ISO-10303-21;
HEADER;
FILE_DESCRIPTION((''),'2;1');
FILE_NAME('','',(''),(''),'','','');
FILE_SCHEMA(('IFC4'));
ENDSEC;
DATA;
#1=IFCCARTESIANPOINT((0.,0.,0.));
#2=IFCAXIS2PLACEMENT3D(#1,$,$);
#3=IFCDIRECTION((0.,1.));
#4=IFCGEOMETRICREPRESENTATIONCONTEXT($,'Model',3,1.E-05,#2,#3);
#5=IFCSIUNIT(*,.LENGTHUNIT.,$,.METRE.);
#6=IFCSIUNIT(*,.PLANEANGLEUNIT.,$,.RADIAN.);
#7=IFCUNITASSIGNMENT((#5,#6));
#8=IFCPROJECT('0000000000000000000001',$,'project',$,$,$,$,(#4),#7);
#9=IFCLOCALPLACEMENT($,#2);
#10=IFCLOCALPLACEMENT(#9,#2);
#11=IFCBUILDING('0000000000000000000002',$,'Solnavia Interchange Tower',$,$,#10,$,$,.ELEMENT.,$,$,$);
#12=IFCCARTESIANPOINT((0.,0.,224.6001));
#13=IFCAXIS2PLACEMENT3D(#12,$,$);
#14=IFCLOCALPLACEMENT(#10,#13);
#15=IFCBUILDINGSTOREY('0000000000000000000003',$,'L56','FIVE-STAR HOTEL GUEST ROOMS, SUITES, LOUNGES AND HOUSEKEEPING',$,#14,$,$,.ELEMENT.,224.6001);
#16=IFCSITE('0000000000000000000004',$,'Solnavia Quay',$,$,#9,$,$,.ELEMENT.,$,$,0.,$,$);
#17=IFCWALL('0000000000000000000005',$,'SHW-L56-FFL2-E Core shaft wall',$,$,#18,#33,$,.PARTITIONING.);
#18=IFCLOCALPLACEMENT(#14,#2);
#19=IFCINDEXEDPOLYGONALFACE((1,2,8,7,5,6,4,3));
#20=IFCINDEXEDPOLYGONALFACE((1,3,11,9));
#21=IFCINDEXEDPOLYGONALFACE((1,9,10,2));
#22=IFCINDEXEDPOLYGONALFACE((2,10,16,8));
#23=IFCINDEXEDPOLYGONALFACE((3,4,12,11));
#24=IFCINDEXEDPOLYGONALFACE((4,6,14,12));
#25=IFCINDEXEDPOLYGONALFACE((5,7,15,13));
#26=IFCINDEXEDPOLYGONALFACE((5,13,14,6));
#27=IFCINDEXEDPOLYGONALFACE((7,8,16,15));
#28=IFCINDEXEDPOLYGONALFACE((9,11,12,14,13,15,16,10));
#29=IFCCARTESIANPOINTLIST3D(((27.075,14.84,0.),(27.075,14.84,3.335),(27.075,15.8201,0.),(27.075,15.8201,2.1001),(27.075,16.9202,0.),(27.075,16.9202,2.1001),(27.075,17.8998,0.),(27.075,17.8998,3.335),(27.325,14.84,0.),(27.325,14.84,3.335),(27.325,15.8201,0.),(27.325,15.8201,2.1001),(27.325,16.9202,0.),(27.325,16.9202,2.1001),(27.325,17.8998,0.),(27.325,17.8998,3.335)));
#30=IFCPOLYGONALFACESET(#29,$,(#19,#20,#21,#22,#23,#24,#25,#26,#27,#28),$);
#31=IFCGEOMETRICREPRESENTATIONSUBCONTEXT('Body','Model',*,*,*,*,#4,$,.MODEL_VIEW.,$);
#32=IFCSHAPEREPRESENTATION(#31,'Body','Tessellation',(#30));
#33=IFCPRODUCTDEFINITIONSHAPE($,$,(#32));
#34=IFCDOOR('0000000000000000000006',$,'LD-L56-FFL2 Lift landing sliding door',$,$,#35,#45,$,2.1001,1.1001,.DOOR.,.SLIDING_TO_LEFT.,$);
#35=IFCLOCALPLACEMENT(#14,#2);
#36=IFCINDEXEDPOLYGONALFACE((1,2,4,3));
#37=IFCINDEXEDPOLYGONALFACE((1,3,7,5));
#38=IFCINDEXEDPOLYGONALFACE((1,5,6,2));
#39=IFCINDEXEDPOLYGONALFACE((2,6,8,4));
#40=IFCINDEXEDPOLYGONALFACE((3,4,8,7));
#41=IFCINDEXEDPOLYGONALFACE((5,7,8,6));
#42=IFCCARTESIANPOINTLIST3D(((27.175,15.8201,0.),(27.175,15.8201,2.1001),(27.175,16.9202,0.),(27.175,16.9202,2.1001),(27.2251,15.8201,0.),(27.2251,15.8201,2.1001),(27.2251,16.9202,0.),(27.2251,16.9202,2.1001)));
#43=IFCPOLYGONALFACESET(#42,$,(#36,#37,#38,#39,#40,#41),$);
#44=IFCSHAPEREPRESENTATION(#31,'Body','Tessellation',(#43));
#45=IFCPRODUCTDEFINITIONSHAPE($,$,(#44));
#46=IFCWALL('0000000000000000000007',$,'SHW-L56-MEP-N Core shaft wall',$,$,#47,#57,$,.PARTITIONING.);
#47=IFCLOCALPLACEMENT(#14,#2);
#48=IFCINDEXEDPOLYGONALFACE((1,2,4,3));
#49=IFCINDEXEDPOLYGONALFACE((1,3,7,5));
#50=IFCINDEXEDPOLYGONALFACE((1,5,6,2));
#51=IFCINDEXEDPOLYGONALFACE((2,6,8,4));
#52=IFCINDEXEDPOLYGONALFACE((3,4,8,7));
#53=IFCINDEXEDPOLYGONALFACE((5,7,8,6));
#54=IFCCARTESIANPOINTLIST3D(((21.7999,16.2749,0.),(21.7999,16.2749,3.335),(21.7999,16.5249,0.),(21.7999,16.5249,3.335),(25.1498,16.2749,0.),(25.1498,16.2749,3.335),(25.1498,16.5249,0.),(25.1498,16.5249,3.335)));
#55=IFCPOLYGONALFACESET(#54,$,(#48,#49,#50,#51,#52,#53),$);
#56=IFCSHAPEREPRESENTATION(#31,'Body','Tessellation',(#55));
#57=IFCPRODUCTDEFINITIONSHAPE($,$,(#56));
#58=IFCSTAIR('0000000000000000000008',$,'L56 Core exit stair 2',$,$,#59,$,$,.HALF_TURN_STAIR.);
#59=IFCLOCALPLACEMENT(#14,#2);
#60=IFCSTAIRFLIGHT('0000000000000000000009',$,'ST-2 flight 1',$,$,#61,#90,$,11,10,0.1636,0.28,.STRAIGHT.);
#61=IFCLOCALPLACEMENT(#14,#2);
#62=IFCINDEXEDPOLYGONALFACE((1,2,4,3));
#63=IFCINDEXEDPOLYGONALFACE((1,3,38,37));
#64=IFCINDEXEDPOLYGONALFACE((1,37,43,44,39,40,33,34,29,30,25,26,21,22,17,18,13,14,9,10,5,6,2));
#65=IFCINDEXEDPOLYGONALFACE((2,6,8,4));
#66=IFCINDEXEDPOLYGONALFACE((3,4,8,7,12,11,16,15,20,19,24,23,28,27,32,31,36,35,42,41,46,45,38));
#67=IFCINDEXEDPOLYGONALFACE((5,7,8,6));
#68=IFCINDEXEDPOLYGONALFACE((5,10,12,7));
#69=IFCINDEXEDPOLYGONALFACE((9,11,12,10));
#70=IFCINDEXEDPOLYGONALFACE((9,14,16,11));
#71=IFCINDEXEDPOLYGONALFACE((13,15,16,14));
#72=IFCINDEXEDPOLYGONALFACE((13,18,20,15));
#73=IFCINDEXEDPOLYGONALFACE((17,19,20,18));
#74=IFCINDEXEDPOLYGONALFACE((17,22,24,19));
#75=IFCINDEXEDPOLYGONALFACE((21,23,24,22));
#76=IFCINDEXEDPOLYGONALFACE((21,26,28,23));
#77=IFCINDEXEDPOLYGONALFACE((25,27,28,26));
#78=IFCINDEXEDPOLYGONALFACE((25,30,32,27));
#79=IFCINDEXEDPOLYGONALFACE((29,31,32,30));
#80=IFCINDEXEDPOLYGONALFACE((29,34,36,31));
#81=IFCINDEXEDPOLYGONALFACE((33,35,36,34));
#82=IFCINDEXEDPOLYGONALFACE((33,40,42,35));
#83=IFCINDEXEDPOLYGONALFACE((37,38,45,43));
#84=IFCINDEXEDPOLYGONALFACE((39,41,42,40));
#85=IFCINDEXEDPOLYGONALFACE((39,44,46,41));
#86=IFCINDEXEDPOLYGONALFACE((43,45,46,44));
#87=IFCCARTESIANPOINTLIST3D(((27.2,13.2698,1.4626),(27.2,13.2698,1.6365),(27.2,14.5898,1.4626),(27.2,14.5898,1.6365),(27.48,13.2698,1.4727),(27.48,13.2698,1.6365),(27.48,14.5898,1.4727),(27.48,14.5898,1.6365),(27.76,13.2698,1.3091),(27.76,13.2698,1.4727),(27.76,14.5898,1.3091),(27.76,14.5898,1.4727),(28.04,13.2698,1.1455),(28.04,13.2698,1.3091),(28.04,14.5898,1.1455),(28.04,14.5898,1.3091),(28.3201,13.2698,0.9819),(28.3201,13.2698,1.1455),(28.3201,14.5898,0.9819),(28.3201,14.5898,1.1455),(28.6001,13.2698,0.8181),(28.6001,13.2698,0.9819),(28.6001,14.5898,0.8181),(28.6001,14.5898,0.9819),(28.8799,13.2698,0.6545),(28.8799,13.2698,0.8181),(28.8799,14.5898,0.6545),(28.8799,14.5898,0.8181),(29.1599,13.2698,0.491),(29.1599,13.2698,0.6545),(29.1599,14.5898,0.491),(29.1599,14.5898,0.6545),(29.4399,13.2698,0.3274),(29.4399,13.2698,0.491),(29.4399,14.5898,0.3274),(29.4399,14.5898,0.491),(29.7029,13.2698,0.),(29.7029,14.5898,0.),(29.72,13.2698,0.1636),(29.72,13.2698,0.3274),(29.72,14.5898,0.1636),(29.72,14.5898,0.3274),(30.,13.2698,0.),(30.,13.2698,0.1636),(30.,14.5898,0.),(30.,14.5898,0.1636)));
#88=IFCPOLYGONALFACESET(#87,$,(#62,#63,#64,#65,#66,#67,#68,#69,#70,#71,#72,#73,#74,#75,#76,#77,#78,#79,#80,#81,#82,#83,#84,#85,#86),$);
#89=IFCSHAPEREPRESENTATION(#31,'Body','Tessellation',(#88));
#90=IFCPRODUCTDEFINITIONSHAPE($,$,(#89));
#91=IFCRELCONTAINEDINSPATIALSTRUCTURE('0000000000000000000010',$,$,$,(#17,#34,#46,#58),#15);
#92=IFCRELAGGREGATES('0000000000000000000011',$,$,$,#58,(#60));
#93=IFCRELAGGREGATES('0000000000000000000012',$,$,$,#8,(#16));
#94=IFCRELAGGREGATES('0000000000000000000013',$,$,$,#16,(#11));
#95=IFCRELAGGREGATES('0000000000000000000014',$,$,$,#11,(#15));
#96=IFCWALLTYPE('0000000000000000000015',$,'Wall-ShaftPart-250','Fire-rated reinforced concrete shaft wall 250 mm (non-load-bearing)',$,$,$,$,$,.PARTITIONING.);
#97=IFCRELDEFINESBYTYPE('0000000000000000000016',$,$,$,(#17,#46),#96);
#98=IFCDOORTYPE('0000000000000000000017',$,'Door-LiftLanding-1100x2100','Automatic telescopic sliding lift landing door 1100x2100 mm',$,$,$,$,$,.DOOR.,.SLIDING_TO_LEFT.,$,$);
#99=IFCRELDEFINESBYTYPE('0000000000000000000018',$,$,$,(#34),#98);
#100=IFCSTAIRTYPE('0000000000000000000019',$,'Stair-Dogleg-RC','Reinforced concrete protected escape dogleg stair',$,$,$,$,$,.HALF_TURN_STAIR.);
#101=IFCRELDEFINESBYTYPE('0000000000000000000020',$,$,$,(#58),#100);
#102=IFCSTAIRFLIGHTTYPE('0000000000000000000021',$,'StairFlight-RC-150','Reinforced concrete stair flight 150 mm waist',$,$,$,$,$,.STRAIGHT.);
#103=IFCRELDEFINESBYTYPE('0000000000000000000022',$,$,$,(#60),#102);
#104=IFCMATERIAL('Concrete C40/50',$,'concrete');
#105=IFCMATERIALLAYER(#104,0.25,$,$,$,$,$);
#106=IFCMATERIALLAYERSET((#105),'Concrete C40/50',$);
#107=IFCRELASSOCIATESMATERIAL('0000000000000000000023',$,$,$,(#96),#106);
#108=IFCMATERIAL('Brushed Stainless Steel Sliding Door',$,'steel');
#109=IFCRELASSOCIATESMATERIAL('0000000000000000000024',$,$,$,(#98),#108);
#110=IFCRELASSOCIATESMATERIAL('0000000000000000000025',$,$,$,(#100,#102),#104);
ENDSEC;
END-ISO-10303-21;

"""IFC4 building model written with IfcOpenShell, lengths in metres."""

from ifc_helpers import new_model, si_unit, direction, frame, frame_2d, origin, place, context, subcontext, project, spatial, polyline, rectangle, outline, extrude, material, layer, layer_set, type_object, element, fill, aggregate, save


model = new_model("IFC4")

# Units and contexts
model_context = context("Model", 3, precision=1e-05, world=origin(), true_north=direction((0.0, 1.0)))
body_context = subcontext(model_context, "Body", "Model", "MODEL_VIEW")
ifc_project = project(units=[si_unit("LENGTHUNIT", "METRE"), si_unit("PLANEANGLEUNIT", "RADIAN")], contexts=[model_context])

# Site, building, storey
site_placement = place(None, origin())
site = spatial("IfcSite", under=ifc_project, at=site_placement, Name="Solnavia Quay", CompositionType="ELEMENT", RefElevation=0.0)
building_placement = place(site_placement, origin())
building = spatial("IfcBuilding", under=site, at=building_placement, Name="Solnavia Interchange Tower", CompositionType="ELEMENT")
storey_placement = place(building_placement, frame((0.0, 0.0, 224.6001)))
storey = spatial("IfcBuildingStorey", under=building, at=storey_placement, Name="L56", Description="FIVE-STAR HOTEL GUEST ROOMS, SUITES, LOUNGES AND HOUSEKEEPING", CompositionType="ELEMENT", Elevation=224.6001)

# Shared definitions
ifc_material_1 = material(Name="Concrete C40/50", Category="concrete")

# Shared definitions
ifc_layer_1 = layer(ifc_material_1, 0.25)
ifc_layer_set_1 = layer_set([ifc_layer_1], Name="Concrete C40/50")
wall_type_1 = type_object("IfcWallType", Name="Wall-ShaftPart-250", Description="Fire-rated reinforced concrete shaft wall 250 mm (non-load-bearing)", PredefinedType="PARTITIONING", material=ifc_layer_set_1)

# Wall, opening, door
wall_1_placement = place(storey_placement, frame((27.2, 14.8401, 0.0), z_axis=(0.0, 0.0, 1.0), x_axis=(0.0, 1.0, 0.0)))
wall_1 = element("IfcWall", 1, at=wall_1_placement, inside=storey, type_object=wall_type_1, Name="SHW-L56-FFL2-E Core shaft wall", PredefinedType="PARTITIONING", context=body_context, shape_type="SweptSolid", body=[
    extrude(rectangle(XDim=3.0598, YDim=0.25, at=frame_2d((1.5298, 0.0))), origin(), (0.0, 0.0, 1.0), 3.335),
])
opening_1_placement = place(wall_1_placement, frame((0.98, 0.0, 0.0)))
opening_1 = element("IfcOpeningElement", 2, at=opening_1_placement, cuts=wall_1, PredefinedType="OPENING", context=body_context, shape_type="SweptSolid", body=[
    extrude(rectangle(XDim=1.1001, YDim=2.1001, at=frame_2d((0.55, 1.05))), frame((0.0, 0.135, 0.0), z_axis=(0.0, -1.0, 0.0), x_axis=(1.0, 0.0, 0.0)), (0.0, 0.0, 1.0), 0.27),
])
ifc_material_2 = material(Name="Brushed Stainless Steel Sliding Door", Category="steel")
door_type_1 = type_object("IfcDoorType", Name="Door-LiftLanding-1100x2100", Description="Automatic telescopic sliding lift landing door 1100x2100 mm", OperationType="SLIDING_TO_LEFT", PredefinedType="DOOR", material=ifc_material_2)
door_1_placement = place(opening_1_placement, origin())
door_1 = element("IfcDoor", 3, at=door_1_placement, inside=storey, type_object=door_type_1, Name="LD-L56-FFL2 Lift landing sliding door", OperationType="SLIDING_TO_LEFT", OverallHeight=2.1001, OverallWidth=1.1001, PredefinedType="DOOR", context=body_context, shape_type="SweptSolid", body=[
    extrude(rectangle(XDim=1.1001, YDim=2.1001, at=frame_2d((0.55, 1.05))), frame((0.0, 0.0249, 0.0), z_axis=(0.0, -1.0, 0.0), x_axis=(1.0, 0.0, 0.0)), (0.0, 0.0, 1.0), 0.05),
])
fill(opening_1, door_1)

# Wall
wall_2_placement = place(storey_placement, frame((21.8, 16.3999, 0.0), z_axis=(0.0, 0.0, 1.0), x_axis=(1.0, 0.0, 0.0)))
element("IfcWall", 4, at=wall_2_placement, inside=storey, type_object=wall_type_1, Name="SHW-L56-MEP-N Core shaft wall", PredefinedType="PARTITIONING", context=body_context, shape_type="SweptSolid", body=[
    extrude(rectangle(XDim=3.3499, YDim=0.25, at=frame_2d((1.6748, 0.0))), origin(), (0.0, 0.0, 1.0), 3.335),
])

# Stair, stair flight
stair_type = type_object("IfcStairType", Name="Stair-Dogleg-RC", Description="Reinforced concrete protected escape dogleg stair", PredefinedType="HALF_TURN_STAIR", material=ifc_material_1)
stair_placement = place(storey_placement, origin())
stair = element("IfcStair", 5, at=stair_placement, inside=storey, type_object=stair_type, Name="L56 Core exit stair 2", PredefinedType="HALF_TURN_STAIR")
stair_flight_type = type_object("IfcStairFlightType", Name="StairFlight-RC-150", Description="Reinforced concrete stair flight 150 mm waist", PredefinedType="STRAIGHT", material=ifc_material_1)
stair_flight_placement = place(storey_placement, frame((30.0, 13.9299, 0.0), z_axis=(0.0, 0.0, 1.0), x_axis=(-1.0, 0.0, 0.0)))
stair_flight = element("IfcStairFlight", 6, at=stair_flight_placement, type_object=stair_flight_type, Name="ST-2 flight 1", NumberOfRisers=11, NumberOfTreads=10, PredefinedType="STRAIGHT", RiserHeight=0.1636, TreadLength=0.28, context=body_context, shape_type="SweptSolid", body=[
    extrude(outline(polyline([(0.0, 0.0), (0.0, 0.1636), (0.28, 0.1636), (0.28, 0.3274), (0.5601, 0.3274), (0.5601, 0.491), (0.8401, 0.491), (0.8401, 0.6545), (1.1201, 0.6545), (1.1201, 0.8181), (1.3999, 0.8181), (1.3999, 0.9819), (1.6799, 0.9819), (1.6799, 1.1455), (1.96, 1.1455), (1.96, 1.3091), (2.24, 1.3091), (2.24, 1.4727), (2.52, 1.4727), (2.52, 1.6365), (2.8, 1.6365), (2.8, 1.8), (2.8, 1.4626), (0.2971, 0.0), (0.0, 0.0)])), frame((0.0, 0.6602, 0.0), z_axis=(0.0, -1.0, 0.0), x_axis=(1.0, 0.0, 0.0)), (0.0, 0.0, 1.0), 1.3201),
])
aggregate(stair, [stair_flight])

save(model, "model.ifc")
